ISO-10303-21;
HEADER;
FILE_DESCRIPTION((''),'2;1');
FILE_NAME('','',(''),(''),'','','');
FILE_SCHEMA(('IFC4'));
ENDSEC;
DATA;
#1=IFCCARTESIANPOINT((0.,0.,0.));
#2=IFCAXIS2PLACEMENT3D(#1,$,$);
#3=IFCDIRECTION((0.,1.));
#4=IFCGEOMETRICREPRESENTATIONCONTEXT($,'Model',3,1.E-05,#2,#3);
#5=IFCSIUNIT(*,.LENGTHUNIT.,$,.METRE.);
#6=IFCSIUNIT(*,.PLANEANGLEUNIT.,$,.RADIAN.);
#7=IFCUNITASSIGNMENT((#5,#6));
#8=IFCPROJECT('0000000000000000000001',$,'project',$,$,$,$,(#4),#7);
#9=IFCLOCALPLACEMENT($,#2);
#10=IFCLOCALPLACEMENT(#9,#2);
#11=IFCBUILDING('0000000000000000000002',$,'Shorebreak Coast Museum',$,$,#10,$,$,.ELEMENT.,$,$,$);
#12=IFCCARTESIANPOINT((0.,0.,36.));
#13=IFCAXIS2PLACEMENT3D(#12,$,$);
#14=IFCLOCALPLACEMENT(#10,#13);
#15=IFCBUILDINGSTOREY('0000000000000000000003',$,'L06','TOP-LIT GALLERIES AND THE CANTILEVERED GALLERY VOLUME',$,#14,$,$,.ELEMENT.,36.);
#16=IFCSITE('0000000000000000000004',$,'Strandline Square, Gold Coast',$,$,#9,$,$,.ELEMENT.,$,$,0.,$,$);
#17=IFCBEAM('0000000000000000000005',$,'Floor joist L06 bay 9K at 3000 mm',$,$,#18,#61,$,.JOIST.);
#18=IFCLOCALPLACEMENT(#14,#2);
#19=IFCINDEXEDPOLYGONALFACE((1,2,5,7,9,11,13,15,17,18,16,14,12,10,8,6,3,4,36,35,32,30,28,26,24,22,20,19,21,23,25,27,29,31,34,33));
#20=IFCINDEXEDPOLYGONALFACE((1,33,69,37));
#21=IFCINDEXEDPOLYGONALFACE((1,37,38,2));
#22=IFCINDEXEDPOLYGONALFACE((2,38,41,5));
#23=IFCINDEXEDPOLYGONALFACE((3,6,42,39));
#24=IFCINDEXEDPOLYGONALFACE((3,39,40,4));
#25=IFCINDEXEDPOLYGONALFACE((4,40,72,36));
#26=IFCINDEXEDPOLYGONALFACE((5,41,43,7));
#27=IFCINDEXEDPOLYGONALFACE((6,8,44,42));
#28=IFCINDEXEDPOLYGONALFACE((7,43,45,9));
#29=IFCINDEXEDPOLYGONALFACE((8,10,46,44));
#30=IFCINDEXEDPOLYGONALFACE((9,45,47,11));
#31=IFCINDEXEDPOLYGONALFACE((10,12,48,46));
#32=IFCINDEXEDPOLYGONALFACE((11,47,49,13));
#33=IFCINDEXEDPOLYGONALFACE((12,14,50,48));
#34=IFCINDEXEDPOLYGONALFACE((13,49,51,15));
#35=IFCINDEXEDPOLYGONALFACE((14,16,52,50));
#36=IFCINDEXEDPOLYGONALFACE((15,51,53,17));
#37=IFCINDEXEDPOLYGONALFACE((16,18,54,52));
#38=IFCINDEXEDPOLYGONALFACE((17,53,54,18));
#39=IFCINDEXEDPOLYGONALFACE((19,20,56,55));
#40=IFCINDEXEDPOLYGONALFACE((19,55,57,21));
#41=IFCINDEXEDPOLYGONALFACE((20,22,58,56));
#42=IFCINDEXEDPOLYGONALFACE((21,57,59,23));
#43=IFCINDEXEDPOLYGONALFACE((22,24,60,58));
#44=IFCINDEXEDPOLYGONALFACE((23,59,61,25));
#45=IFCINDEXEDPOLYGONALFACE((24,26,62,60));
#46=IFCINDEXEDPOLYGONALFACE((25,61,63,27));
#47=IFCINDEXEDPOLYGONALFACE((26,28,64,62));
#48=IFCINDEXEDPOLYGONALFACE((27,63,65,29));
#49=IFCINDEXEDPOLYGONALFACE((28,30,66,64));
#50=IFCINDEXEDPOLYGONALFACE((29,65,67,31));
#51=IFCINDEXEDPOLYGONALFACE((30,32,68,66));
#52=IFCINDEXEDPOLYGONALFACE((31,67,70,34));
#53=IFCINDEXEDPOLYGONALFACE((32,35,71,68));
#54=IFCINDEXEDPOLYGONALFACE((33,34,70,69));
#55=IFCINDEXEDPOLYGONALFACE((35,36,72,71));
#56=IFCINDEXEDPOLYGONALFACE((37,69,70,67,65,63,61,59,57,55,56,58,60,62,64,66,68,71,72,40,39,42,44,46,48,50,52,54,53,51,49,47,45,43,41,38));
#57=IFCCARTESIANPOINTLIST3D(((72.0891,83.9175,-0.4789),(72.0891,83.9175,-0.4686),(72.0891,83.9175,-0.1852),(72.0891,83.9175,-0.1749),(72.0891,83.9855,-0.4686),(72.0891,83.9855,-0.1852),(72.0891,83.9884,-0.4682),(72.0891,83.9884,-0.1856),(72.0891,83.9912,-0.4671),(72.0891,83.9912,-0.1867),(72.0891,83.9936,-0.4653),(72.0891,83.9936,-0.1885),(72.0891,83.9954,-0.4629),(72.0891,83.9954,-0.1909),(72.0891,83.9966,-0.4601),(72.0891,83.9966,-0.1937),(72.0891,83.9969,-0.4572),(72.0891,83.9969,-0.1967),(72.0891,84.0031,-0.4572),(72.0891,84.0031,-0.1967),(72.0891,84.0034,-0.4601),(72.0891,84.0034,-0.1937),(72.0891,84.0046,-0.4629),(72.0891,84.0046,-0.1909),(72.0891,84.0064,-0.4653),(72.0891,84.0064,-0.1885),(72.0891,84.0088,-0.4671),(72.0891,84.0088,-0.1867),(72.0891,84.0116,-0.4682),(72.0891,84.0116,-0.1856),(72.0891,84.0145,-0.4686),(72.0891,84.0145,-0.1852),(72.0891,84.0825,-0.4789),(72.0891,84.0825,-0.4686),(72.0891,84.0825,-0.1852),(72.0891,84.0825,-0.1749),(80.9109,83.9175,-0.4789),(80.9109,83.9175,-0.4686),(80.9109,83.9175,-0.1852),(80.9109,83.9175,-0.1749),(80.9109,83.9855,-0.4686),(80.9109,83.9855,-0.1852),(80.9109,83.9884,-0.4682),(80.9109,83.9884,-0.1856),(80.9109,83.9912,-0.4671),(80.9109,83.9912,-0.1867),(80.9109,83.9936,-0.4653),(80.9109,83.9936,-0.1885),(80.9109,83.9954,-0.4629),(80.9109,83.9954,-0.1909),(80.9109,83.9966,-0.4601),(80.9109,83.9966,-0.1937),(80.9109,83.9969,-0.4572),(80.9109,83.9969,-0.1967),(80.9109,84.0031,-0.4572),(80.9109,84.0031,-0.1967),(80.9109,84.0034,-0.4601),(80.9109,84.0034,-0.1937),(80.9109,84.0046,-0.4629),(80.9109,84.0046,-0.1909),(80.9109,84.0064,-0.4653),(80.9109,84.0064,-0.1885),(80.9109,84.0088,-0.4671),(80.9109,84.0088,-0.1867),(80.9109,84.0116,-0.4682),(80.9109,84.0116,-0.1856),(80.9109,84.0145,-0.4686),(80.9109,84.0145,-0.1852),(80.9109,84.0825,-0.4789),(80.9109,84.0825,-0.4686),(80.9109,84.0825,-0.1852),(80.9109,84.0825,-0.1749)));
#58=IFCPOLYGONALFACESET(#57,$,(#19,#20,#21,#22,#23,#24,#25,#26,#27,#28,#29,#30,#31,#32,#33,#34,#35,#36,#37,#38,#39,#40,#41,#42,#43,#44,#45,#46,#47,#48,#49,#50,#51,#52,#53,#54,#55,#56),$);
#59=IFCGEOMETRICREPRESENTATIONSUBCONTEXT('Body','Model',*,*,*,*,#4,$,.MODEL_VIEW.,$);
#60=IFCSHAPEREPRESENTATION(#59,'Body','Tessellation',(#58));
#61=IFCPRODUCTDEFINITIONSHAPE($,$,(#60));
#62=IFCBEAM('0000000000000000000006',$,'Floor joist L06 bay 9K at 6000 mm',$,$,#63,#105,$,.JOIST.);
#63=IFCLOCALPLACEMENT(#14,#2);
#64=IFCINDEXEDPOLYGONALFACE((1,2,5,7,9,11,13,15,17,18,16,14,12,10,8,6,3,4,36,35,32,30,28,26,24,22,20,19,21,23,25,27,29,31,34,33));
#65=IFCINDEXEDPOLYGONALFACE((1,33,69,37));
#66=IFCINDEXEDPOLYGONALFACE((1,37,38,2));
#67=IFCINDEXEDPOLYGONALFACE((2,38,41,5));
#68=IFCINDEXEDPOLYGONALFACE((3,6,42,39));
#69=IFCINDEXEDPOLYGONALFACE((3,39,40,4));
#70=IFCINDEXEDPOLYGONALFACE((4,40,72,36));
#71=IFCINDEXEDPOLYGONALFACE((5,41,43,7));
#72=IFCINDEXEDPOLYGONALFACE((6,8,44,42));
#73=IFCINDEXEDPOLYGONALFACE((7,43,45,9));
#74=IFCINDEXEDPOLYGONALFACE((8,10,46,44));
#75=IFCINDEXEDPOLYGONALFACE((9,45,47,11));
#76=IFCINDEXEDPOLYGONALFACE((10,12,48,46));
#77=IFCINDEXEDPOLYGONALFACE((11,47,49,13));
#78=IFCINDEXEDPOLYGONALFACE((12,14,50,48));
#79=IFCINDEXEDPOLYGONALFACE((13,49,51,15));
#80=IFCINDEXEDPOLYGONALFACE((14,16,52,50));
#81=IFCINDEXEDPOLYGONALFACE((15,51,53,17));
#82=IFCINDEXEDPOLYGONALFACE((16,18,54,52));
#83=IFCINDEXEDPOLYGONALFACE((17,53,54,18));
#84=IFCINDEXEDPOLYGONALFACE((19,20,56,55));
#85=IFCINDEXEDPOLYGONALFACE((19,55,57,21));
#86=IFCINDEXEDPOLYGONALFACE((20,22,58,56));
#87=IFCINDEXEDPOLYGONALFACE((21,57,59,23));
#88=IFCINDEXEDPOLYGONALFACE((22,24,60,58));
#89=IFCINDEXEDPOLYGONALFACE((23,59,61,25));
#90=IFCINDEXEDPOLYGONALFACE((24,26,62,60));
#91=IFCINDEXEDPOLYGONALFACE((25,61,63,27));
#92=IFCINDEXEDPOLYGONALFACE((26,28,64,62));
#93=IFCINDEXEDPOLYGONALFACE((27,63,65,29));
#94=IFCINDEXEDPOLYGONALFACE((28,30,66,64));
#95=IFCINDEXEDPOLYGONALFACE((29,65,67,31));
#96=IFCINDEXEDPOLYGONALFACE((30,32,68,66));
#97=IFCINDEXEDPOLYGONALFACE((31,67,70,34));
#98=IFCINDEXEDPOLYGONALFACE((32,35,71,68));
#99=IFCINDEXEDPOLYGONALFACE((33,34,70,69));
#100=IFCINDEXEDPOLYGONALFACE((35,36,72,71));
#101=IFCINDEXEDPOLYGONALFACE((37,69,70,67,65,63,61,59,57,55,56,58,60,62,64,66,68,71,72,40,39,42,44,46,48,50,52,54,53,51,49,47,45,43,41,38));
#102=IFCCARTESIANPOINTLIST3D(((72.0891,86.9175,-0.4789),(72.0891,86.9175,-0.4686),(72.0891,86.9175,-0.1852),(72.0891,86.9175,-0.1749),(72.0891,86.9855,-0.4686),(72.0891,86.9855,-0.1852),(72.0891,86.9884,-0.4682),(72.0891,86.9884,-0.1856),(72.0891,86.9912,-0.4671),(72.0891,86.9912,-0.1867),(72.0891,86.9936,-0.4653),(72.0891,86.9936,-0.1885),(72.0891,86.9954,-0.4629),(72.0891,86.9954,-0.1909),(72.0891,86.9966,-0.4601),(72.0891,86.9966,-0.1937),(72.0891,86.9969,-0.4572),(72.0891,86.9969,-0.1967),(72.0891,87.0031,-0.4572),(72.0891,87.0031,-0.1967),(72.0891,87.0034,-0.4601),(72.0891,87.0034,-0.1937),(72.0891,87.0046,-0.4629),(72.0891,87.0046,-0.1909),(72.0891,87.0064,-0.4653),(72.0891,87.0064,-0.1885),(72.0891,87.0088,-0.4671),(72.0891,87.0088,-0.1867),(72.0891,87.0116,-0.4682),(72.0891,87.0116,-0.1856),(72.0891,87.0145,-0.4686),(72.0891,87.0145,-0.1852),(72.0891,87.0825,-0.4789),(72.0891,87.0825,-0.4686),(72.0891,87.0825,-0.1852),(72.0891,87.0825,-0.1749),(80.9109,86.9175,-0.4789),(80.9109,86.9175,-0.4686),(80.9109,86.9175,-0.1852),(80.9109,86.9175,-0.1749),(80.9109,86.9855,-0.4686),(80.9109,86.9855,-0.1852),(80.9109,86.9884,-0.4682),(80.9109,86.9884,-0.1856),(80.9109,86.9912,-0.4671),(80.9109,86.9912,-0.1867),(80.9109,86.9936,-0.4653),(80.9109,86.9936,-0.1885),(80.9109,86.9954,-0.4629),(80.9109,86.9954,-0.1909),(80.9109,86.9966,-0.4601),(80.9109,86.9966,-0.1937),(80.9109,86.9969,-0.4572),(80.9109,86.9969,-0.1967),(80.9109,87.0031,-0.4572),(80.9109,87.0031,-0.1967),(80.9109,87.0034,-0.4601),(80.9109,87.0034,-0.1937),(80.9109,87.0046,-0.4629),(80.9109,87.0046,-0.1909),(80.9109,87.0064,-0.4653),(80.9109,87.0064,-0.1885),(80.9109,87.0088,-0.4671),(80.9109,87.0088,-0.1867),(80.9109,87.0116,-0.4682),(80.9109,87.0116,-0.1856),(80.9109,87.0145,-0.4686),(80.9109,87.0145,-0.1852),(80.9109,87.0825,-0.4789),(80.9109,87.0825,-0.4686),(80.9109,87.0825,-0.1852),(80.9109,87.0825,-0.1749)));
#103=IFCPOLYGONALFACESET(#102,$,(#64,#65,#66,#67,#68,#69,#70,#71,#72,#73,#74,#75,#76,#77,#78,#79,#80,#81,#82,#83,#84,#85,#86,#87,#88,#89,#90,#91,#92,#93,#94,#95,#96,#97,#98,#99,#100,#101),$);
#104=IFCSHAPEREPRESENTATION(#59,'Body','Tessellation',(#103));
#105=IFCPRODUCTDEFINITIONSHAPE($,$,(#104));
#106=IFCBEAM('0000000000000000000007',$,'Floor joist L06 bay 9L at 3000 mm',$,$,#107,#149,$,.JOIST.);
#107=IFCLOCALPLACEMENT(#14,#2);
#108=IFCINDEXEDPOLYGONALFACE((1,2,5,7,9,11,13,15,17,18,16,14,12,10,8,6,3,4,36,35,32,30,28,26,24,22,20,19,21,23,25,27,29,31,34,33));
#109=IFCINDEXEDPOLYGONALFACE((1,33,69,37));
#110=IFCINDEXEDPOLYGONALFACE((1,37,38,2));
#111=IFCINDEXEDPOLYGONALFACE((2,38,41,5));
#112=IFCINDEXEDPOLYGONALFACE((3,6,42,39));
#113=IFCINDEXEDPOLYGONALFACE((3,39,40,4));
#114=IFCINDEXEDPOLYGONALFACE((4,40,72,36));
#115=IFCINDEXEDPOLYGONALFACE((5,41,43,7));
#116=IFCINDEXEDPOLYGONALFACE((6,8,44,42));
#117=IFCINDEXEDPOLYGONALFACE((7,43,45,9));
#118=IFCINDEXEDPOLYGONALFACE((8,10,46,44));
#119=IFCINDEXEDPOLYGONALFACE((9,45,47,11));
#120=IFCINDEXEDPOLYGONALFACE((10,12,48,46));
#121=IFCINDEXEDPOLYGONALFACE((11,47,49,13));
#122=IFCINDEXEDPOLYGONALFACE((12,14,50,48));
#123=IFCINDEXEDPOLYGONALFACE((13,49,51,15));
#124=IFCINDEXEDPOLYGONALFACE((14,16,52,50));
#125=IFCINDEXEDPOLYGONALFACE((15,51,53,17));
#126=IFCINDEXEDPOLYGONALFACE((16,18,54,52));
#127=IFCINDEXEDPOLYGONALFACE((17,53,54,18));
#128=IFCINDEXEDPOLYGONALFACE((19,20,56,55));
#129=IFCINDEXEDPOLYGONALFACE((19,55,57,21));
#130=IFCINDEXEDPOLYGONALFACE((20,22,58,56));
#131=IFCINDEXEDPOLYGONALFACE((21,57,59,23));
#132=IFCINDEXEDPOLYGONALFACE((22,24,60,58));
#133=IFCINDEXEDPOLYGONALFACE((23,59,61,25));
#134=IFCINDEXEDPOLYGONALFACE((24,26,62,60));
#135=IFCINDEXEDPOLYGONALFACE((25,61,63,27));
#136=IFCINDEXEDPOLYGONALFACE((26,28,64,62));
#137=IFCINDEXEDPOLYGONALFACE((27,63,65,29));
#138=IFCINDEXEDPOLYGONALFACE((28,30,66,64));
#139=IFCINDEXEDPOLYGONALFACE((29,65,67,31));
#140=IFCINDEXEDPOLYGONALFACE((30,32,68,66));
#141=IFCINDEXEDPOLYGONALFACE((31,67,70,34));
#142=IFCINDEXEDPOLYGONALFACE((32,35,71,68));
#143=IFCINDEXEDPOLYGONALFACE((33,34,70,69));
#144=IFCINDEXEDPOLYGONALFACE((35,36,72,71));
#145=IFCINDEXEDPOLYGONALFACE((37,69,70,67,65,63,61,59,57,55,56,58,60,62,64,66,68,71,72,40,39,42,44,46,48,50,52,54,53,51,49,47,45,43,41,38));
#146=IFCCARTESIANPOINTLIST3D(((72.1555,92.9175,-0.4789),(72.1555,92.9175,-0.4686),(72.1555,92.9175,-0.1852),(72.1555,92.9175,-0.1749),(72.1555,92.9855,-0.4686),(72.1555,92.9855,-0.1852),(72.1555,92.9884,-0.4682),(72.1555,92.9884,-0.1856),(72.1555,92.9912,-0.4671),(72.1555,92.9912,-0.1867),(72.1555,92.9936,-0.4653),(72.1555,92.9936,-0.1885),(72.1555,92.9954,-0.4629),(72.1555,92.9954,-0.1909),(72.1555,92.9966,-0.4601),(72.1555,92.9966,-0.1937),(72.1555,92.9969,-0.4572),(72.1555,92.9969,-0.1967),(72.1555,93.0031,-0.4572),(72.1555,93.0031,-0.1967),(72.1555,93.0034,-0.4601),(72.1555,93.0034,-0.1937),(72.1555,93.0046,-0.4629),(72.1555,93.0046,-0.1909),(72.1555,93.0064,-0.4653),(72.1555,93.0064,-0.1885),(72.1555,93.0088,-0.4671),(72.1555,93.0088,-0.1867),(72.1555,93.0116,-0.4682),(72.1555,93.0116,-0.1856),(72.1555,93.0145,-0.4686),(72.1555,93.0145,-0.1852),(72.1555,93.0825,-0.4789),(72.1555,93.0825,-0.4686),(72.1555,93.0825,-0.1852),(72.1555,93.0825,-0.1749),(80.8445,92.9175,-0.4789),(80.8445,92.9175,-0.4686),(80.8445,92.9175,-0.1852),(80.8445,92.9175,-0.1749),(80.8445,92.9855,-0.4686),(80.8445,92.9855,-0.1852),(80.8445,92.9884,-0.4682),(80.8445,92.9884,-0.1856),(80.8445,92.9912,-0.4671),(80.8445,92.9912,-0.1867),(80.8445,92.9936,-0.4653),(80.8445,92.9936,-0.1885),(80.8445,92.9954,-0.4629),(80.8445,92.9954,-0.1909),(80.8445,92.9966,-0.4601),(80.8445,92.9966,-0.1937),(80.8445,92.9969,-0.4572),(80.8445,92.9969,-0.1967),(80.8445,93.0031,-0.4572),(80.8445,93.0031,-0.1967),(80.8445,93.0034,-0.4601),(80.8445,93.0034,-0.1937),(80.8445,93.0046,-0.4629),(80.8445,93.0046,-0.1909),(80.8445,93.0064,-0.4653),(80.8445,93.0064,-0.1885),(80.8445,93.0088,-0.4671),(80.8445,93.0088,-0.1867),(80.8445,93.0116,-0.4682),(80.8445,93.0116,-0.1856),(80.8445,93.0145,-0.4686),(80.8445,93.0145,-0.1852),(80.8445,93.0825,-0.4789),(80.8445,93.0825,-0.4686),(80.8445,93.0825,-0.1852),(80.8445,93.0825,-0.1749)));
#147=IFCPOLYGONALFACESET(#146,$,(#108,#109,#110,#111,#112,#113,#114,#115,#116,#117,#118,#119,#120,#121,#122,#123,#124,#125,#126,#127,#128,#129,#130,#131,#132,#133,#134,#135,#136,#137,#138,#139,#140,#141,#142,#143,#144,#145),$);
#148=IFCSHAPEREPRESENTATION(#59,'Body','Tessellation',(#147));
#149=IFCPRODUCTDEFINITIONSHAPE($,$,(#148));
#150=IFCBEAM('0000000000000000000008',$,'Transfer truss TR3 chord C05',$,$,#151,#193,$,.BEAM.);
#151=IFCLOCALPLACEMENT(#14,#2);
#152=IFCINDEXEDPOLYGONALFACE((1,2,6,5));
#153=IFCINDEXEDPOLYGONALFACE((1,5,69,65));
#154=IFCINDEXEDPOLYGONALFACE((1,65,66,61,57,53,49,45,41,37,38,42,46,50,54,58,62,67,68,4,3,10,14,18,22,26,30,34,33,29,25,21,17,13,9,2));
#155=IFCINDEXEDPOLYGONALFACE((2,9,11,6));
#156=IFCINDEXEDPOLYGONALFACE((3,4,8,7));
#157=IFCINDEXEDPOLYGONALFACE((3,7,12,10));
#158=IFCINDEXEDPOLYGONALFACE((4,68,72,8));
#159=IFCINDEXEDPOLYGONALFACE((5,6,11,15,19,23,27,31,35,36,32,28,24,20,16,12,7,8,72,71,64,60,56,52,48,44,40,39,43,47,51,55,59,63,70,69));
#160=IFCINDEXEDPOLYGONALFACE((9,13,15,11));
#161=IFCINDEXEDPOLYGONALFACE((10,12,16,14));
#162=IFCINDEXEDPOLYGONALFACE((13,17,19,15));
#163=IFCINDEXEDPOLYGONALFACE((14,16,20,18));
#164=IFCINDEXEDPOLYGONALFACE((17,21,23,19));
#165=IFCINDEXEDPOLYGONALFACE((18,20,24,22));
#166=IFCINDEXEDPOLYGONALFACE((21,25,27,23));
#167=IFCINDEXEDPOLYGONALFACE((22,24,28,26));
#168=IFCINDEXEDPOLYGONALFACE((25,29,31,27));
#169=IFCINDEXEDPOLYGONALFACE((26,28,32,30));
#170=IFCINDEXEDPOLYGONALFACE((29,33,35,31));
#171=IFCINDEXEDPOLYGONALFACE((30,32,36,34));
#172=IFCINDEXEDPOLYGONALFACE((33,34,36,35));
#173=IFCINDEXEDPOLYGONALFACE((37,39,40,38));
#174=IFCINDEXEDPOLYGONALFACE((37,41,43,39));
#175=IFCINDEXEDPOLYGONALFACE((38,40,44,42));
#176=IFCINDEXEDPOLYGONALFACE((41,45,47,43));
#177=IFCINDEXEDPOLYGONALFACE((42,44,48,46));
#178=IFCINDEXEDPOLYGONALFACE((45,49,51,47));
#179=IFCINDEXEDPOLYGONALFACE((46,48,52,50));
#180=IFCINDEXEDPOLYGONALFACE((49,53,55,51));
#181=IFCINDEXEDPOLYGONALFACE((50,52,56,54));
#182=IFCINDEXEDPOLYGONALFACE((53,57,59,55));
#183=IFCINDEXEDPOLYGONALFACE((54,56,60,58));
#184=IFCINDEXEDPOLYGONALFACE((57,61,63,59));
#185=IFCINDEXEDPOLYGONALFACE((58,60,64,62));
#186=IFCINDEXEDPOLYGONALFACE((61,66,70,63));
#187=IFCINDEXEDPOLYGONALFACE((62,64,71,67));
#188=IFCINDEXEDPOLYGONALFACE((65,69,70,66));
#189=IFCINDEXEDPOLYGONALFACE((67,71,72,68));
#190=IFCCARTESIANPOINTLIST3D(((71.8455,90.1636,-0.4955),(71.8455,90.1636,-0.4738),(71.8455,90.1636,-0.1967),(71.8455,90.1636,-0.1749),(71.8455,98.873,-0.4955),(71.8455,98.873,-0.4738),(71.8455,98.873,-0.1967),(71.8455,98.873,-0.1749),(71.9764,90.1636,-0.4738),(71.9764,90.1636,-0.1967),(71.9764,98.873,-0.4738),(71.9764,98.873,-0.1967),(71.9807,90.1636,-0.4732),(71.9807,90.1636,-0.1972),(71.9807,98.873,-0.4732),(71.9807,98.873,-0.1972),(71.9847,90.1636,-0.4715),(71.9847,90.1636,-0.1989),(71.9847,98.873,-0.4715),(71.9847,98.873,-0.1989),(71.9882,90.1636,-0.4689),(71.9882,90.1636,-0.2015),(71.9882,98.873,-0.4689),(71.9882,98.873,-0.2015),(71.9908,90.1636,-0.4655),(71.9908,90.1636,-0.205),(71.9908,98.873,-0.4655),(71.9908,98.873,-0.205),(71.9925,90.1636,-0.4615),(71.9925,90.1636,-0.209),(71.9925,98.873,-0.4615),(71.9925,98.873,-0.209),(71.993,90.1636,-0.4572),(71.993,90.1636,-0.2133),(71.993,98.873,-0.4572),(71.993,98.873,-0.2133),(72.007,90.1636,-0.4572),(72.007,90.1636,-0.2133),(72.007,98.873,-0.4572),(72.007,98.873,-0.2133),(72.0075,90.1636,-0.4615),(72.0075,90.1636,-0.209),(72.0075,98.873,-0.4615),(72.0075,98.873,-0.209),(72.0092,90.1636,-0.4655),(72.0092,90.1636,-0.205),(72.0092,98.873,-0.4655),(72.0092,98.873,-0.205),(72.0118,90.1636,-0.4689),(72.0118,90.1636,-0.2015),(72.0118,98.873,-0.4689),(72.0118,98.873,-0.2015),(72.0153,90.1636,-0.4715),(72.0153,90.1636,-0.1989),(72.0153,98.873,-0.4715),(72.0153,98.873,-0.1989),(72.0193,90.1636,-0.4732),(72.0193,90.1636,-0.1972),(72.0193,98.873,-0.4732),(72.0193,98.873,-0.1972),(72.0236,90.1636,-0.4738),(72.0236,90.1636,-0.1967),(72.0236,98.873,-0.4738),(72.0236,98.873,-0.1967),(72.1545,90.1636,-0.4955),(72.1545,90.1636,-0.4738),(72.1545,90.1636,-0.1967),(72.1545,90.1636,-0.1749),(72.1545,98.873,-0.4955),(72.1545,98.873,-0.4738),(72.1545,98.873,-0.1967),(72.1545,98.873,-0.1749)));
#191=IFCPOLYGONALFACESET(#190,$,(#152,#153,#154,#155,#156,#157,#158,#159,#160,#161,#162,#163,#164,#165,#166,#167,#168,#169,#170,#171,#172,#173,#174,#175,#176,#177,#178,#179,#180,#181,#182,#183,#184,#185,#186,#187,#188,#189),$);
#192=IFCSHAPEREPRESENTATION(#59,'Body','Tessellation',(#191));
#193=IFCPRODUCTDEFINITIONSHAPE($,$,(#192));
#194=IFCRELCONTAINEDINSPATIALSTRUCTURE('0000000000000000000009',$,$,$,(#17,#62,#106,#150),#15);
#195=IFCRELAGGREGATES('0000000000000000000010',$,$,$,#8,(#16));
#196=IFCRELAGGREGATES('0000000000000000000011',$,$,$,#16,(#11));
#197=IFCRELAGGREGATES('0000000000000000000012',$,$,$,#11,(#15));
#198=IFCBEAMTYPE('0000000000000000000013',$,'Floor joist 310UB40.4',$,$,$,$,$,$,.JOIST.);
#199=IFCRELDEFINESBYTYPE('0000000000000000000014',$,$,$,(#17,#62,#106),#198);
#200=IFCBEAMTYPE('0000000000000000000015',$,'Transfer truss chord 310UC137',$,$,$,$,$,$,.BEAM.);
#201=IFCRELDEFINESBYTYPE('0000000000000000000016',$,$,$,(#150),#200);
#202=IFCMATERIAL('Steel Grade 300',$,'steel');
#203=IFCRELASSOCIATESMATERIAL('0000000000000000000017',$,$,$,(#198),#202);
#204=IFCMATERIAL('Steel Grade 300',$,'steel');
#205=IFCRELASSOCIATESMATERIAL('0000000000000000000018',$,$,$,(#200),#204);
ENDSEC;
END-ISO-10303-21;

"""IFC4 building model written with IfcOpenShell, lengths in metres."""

from ifc_helpers import new_model, si_unit, direction, frame, origin, origin_2d, place, context, subcontext, project, spatial, i_section, extrude, material, material_profile, profile_set, type_object, element, save


model = new_model("IFC4")

# Units and contexts
model_context = context("Model", 3, precision=1e-05, world=origin(), true_north=direction((0.0, 1.0)))
body_context = subcontext(model_context, "Body", "Model", "MODEL_VIEW")
ifc_project = project(units=[si_unit("LENGTHUNIT", "METRE"), si_unit("PLANEANGLEUNIT", "RADIAN")], contexts=[model_context])

# Site, building, storey
site_placement = place(None, origin())
site = spatial("IfcSite", under=ifc_project, at=site_placement, Name="Strandline Square, Gold Coast", CompositionType="ELEMENT", RefElevation=0.0)
building_placement = place(site_placement, origin())
building = spatial("IfcBuilding", under=site, at=building_placement, Name="Shorebreak Coast Museum", CompositionType="ELEMENT")
storey_placement = place(building_placement, frame((0.0, 0.0, 36.0)))
storey = spatial("IfcBuildingStorey", under=building, at=storey_placement, Name="L06", Description="TOP-LIT GALLERIES AND THE CANTILEVERED GALLERY VOLUME", CompositionType="ELEMENT", Elevation=36.0)

# Beams
ifc_material_1 = material(Name="Steel Grade 300", Category="steel")
ifc_material_profile_1 = material_profile(ifc_material_1, i_section(OverallWidth=0.165, OverallDepth=0.304, WebThickness=0.0061, FlangeThickness=0.0103, FilletRadius=0.0115, at=origin_2d()), Name="310UB40.4")
ifc_profile_set_1 = profile_set([ifc_material_profile_1], Name="Steel Grade 300")
beam_type_1 = type_object("IfcBeamType", Name="Floor joist 310UB40.4", PredefinedType="JOIST", material=ifc_profile_set_1)
for number, where, z_axis, x_axis, name in (
    (1, (72.0891, 84.0, -0.3269), (1.0, 0.0, 0.0), (0.0, 1.0, 0.0), "Floor joist L06 bay 9K at 3000 mm"),
    (2, (72.0891, 87.0, -0.3269), (1.0, 0.0, 0.0), (0.0, 1.0, 0.0), "Floor joist L06 bay 9K at 6000 mm"),
):
    element("IfcBeam", number, at=place(storey_placement, frame(where, z_axis=z_axis, x_axis=x_axis)), inside=storey, type_object=beam_type_1, Name=name, PredefinedType="JOIST", context=body_context, shape_type="SweptSolid", body=[
        extrude(i_section(OverallWidth=0.165, OverallDepth=0.304, WebThickness=0.0061, FlangeThickness=0.0103, FilletRadius=0.0115, at=origin_2d()), origin(), (0.0, 0.0, 1.0), 8.8218),
    ])
beam_1_placement = place(storey_placement, frame((72.1555, 93.0, -0.3269), z_axis=(1.0, 0.0, 0.0), x_axis=(0.0, 1.0, 0.0)))
element("IfcBeam", 3, at=beam_1_placement, inside=storey, type_object=beam_type_1, Name="Floor joist L06 bay 9L at 3000 mm", PredefinedType="JOIST", context=body_context, shape_type="SweptSolid", body=[
    extrude(i_section(OverallWidth=0.165, OverallDepth=0.304, WebThickness=0.0061, FlangeThickness=0.0103, FilletRadius=0.0115, at=origin_2d()), origin(), (0.0, 0.0, 1.0), 8.689),
])
ifc_material_2 = material(Name="Steel Grade 300", Category="steel")
ifc_material_profile_2 = material_profile(ifc_material_2, i_section(OverallWidth=0.3091, OverallDepth=0.3206, WebThickness=0.0139, FlangeThickness=0.0217, FilletRadius=0.0166, at=origin_2d()), Name="310UC137")
ifc_profile_set_2 = profile_set([ifc_material_profile_2], Name="Steel Grade 300")
beam_type_2 = type_object("IfcBeamType", Name="Transfer truss chord 310UC137", PredefinedType="BEAM", material=ifc_profile_set_2)
beam_2_placement = place(storey_placement, frame((72.0, 90.1636, -0.3352), z_axis=(0.0, 1.0, 0.0), x_axis=(-1.0, 0.0, 0.0)))
element("IfcBeam", 4, at=beam_2_placement, inside=storey, type_object=beam_type_2, Name="Transfer truss TR3 chord C05", PredefinedType="BEAM", context=body_context, shape_type="SweptSolid", body=[
    extrude(i_section(OverallWidth=0.3091, OverallDepth=0.3206, WebThickness=0.0139, FlangeThickness=0.0217, FilletRadius=0.0166, at=origin_2d()), origin(), (0.0, 0.0, 1.0), 8.7095),
])

save(model, "model.ifc")
